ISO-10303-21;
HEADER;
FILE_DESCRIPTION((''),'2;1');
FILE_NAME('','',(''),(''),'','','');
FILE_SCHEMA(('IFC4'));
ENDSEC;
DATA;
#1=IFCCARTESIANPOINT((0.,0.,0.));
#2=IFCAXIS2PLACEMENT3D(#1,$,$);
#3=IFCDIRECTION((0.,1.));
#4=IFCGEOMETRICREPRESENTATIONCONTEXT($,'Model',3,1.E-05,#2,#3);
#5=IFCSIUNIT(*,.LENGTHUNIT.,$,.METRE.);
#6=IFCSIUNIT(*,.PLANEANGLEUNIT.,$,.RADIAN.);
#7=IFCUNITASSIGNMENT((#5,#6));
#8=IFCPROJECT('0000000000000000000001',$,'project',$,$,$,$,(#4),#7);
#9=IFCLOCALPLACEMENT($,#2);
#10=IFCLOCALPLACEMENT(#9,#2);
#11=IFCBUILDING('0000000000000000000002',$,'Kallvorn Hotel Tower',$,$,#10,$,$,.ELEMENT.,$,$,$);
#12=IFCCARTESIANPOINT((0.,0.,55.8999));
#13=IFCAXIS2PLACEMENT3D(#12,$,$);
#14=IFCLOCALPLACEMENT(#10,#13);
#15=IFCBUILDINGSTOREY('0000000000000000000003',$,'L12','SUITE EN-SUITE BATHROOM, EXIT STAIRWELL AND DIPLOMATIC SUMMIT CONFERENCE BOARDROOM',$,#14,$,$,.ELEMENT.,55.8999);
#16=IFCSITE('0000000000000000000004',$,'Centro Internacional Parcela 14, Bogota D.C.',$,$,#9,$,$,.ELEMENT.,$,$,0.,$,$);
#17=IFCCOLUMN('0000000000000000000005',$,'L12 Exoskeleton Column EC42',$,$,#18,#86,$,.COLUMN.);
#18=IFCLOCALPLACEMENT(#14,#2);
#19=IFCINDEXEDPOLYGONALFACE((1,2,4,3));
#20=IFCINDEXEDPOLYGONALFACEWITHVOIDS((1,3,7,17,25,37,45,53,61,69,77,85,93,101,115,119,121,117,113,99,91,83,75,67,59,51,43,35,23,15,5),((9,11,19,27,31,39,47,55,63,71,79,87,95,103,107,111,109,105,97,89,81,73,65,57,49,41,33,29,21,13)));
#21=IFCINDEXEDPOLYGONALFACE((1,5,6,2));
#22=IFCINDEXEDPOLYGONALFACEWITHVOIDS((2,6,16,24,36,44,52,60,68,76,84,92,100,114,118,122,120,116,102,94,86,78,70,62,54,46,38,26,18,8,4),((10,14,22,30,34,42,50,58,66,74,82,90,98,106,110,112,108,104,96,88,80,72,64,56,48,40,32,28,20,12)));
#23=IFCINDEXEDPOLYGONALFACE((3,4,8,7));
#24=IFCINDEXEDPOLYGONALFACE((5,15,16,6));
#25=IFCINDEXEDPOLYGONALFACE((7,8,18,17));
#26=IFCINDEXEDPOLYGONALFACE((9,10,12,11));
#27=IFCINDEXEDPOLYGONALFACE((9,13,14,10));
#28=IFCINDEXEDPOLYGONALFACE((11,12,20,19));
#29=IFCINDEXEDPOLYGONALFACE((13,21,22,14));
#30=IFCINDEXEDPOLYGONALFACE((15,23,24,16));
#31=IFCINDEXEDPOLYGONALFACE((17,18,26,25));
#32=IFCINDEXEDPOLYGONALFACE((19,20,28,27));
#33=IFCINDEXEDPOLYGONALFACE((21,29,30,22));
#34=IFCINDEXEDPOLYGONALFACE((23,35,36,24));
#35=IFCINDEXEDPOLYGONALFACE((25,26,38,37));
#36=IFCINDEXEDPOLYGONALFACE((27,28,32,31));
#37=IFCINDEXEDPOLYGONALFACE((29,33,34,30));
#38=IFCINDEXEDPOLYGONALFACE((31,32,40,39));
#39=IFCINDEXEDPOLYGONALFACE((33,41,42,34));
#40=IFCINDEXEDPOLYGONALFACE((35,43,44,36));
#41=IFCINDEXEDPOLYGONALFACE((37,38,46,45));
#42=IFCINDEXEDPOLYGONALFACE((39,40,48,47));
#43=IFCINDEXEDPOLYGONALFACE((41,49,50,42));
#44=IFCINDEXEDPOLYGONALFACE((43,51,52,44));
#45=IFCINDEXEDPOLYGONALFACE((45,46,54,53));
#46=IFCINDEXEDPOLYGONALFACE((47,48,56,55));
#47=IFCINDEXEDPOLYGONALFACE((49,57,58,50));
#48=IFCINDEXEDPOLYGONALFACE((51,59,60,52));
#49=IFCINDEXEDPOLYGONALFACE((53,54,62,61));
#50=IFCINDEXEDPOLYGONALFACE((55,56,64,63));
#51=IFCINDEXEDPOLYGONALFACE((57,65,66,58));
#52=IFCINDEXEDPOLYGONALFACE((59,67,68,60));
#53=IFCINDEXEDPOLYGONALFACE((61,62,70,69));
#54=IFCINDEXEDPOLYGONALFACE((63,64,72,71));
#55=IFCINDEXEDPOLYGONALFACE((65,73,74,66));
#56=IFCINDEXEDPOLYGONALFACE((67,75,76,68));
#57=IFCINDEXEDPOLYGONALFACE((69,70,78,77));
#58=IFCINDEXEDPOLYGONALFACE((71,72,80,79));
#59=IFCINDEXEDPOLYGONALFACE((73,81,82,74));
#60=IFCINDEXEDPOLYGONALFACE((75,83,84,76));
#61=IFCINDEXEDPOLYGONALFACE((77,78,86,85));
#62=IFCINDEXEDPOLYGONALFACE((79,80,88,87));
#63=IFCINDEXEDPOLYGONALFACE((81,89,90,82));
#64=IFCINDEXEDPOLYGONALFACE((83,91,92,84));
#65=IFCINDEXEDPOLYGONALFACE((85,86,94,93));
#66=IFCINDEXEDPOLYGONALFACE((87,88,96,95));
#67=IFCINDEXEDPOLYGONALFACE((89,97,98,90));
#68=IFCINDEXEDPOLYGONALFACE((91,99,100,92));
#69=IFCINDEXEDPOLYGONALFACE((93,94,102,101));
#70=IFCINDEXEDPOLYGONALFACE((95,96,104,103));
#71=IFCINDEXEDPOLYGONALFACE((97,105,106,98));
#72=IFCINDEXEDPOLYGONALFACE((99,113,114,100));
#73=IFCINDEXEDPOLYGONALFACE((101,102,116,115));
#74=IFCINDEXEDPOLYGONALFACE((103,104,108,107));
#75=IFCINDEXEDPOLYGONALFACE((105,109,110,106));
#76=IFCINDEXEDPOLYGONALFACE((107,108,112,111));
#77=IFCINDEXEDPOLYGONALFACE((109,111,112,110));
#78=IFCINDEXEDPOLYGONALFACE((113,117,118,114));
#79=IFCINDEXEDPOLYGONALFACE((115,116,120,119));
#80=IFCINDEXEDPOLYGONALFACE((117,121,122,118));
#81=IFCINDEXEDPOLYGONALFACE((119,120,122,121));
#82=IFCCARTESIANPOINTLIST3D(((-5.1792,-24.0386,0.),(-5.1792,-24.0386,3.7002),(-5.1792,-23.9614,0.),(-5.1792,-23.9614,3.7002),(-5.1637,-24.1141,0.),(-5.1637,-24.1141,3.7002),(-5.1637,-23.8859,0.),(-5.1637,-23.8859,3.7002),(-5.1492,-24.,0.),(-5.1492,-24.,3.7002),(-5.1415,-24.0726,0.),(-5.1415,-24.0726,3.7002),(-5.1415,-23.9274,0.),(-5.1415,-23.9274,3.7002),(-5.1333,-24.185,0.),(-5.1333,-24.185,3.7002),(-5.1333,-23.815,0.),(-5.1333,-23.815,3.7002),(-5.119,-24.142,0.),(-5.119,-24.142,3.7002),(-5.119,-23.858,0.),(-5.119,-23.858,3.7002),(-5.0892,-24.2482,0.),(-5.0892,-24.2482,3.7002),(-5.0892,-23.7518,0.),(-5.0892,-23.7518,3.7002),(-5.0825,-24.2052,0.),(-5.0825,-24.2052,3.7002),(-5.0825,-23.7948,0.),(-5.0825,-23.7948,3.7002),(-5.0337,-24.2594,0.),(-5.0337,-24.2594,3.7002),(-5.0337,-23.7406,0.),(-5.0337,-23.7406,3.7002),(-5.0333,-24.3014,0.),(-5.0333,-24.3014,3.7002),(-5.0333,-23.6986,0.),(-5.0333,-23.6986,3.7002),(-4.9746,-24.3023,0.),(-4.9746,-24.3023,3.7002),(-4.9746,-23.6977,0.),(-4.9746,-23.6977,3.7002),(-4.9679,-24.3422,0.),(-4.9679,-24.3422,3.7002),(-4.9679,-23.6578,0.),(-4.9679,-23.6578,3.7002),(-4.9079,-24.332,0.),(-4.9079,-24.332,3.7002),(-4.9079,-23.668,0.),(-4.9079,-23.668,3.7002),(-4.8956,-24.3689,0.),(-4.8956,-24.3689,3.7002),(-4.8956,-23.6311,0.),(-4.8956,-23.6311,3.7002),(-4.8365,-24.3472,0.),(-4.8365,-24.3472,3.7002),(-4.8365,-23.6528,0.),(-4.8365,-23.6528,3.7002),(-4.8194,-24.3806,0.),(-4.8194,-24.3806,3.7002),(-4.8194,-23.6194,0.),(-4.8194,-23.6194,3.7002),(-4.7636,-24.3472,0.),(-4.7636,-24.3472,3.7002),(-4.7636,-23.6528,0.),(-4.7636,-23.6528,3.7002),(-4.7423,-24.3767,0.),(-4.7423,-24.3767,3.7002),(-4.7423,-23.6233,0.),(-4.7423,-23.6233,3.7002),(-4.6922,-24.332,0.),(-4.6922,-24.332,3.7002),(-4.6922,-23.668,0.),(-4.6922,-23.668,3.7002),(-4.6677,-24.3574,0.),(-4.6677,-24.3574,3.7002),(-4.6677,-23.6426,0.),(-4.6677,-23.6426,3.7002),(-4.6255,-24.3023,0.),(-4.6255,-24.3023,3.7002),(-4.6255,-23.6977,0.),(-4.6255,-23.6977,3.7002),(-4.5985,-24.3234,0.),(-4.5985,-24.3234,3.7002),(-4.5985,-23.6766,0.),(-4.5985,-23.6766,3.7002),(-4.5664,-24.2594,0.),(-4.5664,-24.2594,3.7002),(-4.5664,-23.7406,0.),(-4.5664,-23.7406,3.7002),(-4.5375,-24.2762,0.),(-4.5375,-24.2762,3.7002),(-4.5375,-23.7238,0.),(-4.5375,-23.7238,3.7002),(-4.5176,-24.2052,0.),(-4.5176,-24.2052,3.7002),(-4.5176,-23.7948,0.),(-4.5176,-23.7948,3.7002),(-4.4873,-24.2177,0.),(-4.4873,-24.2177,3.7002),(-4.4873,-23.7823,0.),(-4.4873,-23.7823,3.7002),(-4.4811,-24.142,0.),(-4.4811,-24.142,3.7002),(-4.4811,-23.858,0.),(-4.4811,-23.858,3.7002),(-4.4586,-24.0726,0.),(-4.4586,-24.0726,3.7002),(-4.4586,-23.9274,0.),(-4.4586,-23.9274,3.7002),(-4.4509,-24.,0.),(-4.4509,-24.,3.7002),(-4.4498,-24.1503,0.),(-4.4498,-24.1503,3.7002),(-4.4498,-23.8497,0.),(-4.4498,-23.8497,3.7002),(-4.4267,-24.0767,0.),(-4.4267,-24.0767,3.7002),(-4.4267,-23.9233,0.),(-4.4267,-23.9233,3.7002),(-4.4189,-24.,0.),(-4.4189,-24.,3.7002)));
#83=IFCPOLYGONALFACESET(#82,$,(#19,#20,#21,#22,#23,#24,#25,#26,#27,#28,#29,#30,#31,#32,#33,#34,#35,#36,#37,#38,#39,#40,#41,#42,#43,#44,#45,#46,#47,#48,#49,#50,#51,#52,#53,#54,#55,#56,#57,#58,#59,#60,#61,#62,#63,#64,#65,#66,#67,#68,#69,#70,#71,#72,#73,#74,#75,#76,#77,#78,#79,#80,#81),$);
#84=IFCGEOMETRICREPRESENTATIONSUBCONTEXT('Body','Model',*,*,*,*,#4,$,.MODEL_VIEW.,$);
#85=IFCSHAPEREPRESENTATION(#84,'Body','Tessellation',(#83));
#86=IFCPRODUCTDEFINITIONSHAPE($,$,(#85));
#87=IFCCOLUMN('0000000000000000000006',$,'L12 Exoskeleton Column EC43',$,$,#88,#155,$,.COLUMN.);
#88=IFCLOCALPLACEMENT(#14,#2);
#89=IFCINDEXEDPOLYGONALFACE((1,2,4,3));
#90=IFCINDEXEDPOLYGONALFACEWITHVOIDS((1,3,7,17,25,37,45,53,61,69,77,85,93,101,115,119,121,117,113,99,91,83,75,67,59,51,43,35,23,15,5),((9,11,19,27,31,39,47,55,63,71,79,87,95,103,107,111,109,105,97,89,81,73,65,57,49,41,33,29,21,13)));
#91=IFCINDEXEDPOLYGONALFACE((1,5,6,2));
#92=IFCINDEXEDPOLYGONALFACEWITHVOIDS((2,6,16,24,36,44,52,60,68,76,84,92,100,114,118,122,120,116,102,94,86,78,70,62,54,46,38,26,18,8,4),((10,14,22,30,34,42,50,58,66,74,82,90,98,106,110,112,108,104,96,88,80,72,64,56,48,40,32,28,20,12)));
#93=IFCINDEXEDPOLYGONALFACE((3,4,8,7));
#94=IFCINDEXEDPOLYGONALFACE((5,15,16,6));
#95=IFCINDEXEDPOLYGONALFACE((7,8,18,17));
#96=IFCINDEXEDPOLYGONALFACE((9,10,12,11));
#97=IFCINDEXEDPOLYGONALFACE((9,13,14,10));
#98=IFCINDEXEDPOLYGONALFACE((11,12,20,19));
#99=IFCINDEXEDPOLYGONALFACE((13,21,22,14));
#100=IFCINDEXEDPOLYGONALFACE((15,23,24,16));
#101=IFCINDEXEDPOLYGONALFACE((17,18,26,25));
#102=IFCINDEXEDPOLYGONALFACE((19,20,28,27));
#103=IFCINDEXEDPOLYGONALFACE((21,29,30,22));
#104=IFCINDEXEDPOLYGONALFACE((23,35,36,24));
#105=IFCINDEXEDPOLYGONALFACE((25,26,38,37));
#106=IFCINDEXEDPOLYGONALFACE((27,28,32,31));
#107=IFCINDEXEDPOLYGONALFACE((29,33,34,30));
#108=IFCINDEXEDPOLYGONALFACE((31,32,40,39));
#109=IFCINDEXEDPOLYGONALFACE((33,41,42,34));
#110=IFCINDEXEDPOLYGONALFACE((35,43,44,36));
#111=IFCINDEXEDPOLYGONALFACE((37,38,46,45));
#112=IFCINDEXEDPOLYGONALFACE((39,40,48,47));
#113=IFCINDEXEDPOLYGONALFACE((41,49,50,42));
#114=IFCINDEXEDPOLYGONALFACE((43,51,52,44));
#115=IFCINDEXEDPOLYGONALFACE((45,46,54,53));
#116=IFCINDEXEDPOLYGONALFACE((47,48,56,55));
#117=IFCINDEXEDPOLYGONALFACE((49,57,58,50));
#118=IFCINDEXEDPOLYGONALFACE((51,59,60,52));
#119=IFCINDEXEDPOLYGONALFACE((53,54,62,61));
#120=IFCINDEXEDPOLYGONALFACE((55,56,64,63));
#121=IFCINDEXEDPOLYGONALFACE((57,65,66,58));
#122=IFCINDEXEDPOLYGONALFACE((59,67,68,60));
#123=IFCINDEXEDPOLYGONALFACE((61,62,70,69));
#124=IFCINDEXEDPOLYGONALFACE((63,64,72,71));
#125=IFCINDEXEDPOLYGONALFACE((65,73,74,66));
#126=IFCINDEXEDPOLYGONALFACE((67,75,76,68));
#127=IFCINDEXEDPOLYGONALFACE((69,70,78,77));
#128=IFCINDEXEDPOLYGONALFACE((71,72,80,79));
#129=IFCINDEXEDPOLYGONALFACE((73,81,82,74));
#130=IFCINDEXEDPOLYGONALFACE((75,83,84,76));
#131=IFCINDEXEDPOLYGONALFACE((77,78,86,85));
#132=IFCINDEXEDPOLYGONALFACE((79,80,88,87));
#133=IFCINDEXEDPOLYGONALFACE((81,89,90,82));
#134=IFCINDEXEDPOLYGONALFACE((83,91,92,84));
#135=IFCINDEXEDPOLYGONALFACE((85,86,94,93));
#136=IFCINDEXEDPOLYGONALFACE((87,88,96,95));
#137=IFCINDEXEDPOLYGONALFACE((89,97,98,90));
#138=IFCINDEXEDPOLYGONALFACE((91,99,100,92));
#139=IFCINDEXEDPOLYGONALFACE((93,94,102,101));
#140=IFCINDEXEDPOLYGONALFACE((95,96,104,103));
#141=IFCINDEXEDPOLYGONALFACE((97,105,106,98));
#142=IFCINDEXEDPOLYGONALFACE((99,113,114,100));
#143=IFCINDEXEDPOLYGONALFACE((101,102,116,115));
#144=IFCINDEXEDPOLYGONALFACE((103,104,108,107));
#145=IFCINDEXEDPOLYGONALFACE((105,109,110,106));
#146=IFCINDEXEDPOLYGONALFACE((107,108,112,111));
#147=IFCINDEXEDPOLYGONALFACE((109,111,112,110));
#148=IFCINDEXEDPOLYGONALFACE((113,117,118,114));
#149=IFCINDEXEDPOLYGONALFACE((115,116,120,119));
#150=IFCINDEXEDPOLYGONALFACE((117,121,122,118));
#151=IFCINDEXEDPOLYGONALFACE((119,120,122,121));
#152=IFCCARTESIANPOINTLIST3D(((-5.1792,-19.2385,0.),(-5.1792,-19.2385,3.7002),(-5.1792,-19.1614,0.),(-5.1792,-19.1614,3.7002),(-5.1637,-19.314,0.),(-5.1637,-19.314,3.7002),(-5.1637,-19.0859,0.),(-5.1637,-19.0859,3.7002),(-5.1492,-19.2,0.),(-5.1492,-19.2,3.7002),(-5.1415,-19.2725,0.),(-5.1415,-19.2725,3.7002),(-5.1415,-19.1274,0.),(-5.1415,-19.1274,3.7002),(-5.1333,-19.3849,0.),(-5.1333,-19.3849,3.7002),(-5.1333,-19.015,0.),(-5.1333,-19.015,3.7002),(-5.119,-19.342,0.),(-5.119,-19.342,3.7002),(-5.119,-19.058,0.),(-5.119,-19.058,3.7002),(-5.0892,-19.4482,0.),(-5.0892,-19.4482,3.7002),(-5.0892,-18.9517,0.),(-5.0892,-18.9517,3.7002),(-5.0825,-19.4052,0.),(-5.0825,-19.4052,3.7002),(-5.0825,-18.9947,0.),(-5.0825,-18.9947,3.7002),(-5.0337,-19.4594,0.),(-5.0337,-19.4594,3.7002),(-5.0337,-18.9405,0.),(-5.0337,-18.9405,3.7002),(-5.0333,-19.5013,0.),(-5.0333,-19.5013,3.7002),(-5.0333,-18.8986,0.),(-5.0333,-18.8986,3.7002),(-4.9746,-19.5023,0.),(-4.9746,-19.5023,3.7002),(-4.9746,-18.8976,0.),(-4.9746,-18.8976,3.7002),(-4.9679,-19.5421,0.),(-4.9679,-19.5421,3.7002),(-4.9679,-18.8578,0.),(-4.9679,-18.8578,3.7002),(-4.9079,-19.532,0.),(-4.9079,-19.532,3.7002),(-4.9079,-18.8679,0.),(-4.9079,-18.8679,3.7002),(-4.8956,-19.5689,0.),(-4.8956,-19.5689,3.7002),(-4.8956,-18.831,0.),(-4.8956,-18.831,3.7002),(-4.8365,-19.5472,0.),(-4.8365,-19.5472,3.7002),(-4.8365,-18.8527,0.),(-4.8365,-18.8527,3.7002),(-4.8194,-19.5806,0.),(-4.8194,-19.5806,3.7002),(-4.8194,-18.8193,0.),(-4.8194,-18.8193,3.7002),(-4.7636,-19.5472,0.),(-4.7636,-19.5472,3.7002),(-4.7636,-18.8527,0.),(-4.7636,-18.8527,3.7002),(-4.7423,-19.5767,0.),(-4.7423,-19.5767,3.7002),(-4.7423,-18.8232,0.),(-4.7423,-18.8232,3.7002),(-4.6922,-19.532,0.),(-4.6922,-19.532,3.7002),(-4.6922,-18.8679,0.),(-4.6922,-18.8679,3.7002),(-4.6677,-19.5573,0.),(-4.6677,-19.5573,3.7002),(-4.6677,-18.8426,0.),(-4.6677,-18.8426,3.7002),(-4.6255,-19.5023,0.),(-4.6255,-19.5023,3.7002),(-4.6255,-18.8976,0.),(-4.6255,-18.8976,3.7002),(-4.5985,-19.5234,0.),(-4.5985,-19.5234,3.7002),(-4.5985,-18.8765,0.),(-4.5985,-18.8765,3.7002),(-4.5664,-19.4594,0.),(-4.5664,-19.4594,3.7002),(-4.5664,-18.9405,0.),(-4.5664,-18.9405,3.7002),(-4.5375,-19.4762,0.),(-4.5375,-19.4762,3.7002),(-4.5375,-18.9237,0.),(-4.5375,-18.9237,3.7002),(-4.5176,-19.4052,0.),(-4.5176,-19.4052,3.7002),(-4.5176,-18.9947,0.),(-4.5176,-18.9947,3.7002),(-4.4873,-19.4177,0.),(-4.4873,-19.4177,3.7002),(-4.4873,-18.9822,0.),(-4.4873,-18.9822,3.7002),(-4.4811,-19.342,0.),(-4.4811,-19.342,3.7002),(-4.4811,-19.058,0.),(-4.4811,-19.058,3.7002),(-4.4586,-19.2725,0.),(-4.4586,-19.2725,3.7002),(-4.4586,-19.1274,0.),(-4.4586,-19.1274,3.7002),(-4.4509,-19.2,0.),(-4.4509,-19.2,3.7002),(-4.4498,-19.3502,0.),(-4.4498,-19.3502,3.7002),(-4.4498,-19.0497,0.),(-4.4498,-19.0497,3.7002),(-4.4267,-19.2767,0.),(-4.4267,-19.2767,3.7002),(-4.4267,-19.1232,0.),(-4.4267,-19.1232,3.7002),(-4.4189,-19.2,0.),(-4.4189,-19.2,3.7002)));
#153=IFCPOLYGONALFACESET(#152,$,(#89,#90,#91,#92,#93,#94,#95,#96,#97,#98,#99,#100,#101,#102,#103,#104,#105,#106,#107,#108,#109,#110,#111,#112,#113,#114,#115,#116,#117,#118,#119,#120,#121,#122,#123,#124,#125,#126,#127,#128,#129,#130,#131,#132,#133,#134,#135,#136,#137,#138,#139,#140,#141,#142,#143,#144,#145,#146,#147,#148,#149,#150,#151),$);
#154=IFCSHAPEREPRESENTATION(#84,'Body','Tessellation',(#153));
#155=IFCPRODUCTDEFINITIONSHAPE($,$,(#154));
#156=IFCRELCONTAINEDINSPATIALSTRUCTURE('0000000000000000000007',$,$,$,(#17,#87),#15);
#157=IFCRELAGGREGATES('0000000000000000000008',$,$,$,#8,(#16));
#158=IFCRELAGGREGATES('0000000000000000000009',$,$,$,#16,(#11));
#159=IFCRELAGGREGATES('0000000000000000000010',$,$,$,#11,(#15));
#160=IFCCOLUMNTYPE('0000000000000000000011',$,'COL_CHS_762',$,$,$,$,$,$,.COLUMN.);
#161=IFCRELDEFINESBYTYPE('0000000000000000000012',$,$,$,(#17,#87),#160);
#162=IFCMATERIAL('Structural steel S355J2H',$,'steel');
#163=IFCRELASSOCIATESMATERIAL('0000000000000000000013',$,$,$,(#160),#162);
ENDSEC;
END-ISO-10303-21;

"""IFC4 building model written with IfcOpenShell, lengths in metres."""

from ifc_helpers import new_model, si_unit, direction, frame, origin, origin_2d, place, context, subcontext, project, spatial, hollow_circle, extrude, material, material_profile, profile_set, type_object, element, save


model = new_model("IFC4")

# Units and contexts
model_context = context("Model", 3, precision=1e-05, world=origin(), true_north=direction((0.0, 1.0)))
body_context = subcontext(model_context, "Body", "Model", "MODEL_VIEW")
ifc_project = project(units=[si_unit("LENGTHUNIT", "METRE"), si_unit("PLANEANGLEUNIT", "RADIAN")], contexts=[model_context])

# Site, building, storey
site_placement = place(None, origin())
site = spatial("IfcSite", under=ifc_project, at=site_placement, Name="Centro Internacional Parcela 14, Bogota D.C.", CompositionType="ELEMENT", RefElevation=0.0)
building_placement = place(site_placement, origin())
building = spatial("IfcBuilding", under=site, at=building_placement, Name="Kallvorn Hotel Tower", CompositionType="ELEMENT")
storey_placement = place(building_placement, frame((0.0, 0.0, 55.8999)))
storey = spatial("IfcBuildingStorey", under=building, at=storey_placement, Name="L12", Description="SUITE EN-SUITE BATHROOM, EXIT STAIRWELL AND DIPLOMATIC SUMMIT CONFERENCE BOARDROOM", CompositionType="ELEMENT", Elevation=55.8999)

# Columns
ifc_material_1 = material(Name="Structural steel S355J2H", Category="steel")
ifc_material_profile_1 = material_profile(ifc_material_1, hollow_circle(Radius=0.3811, WallThickness=0.032, at=origin_2d()), Name="CHS 762x32")
ifc_profile_set_1 = profile_set([ifc_material_profile_1], Name="Structural steel S355J2H")
column_type_1 = type_object("IfcColumnType", Name="COL_CHS_762", PredefinedType="COLUMN", material=ifc_profile_set_1)
for number, where, z_axis, x_axis, name in (
    (1, (-4.8, -24.0, 0.0), (0.0, 0.0, 1.0), (1.0, 0.0, 0.0), "L12 Exoskeleton Column EC42"),
    (2, (-4.8, -19.2, 0.0), (0.0, 0.0, 1.0), (1.0, 0.0, 0.0), "L12 Exoskeleton Column EC43"),
):
    element("IfcColumn", number, at=place(storey_placement, frame(where, z_axis=z_axis, x_axis=x_axis)), inside=storey, type_object=column_type_1, Name=name, PredefinedType="COLUMN", context=body_context, shape_type="SweptSolid", body=[
        extrude(hollow_circle(Radius=0.3811, WallThickness=0.032, at=origin_2d()), origin(), (0.0, 0.0, 1.0), 3.7002),
    ])

save(model, "model.ifc")
